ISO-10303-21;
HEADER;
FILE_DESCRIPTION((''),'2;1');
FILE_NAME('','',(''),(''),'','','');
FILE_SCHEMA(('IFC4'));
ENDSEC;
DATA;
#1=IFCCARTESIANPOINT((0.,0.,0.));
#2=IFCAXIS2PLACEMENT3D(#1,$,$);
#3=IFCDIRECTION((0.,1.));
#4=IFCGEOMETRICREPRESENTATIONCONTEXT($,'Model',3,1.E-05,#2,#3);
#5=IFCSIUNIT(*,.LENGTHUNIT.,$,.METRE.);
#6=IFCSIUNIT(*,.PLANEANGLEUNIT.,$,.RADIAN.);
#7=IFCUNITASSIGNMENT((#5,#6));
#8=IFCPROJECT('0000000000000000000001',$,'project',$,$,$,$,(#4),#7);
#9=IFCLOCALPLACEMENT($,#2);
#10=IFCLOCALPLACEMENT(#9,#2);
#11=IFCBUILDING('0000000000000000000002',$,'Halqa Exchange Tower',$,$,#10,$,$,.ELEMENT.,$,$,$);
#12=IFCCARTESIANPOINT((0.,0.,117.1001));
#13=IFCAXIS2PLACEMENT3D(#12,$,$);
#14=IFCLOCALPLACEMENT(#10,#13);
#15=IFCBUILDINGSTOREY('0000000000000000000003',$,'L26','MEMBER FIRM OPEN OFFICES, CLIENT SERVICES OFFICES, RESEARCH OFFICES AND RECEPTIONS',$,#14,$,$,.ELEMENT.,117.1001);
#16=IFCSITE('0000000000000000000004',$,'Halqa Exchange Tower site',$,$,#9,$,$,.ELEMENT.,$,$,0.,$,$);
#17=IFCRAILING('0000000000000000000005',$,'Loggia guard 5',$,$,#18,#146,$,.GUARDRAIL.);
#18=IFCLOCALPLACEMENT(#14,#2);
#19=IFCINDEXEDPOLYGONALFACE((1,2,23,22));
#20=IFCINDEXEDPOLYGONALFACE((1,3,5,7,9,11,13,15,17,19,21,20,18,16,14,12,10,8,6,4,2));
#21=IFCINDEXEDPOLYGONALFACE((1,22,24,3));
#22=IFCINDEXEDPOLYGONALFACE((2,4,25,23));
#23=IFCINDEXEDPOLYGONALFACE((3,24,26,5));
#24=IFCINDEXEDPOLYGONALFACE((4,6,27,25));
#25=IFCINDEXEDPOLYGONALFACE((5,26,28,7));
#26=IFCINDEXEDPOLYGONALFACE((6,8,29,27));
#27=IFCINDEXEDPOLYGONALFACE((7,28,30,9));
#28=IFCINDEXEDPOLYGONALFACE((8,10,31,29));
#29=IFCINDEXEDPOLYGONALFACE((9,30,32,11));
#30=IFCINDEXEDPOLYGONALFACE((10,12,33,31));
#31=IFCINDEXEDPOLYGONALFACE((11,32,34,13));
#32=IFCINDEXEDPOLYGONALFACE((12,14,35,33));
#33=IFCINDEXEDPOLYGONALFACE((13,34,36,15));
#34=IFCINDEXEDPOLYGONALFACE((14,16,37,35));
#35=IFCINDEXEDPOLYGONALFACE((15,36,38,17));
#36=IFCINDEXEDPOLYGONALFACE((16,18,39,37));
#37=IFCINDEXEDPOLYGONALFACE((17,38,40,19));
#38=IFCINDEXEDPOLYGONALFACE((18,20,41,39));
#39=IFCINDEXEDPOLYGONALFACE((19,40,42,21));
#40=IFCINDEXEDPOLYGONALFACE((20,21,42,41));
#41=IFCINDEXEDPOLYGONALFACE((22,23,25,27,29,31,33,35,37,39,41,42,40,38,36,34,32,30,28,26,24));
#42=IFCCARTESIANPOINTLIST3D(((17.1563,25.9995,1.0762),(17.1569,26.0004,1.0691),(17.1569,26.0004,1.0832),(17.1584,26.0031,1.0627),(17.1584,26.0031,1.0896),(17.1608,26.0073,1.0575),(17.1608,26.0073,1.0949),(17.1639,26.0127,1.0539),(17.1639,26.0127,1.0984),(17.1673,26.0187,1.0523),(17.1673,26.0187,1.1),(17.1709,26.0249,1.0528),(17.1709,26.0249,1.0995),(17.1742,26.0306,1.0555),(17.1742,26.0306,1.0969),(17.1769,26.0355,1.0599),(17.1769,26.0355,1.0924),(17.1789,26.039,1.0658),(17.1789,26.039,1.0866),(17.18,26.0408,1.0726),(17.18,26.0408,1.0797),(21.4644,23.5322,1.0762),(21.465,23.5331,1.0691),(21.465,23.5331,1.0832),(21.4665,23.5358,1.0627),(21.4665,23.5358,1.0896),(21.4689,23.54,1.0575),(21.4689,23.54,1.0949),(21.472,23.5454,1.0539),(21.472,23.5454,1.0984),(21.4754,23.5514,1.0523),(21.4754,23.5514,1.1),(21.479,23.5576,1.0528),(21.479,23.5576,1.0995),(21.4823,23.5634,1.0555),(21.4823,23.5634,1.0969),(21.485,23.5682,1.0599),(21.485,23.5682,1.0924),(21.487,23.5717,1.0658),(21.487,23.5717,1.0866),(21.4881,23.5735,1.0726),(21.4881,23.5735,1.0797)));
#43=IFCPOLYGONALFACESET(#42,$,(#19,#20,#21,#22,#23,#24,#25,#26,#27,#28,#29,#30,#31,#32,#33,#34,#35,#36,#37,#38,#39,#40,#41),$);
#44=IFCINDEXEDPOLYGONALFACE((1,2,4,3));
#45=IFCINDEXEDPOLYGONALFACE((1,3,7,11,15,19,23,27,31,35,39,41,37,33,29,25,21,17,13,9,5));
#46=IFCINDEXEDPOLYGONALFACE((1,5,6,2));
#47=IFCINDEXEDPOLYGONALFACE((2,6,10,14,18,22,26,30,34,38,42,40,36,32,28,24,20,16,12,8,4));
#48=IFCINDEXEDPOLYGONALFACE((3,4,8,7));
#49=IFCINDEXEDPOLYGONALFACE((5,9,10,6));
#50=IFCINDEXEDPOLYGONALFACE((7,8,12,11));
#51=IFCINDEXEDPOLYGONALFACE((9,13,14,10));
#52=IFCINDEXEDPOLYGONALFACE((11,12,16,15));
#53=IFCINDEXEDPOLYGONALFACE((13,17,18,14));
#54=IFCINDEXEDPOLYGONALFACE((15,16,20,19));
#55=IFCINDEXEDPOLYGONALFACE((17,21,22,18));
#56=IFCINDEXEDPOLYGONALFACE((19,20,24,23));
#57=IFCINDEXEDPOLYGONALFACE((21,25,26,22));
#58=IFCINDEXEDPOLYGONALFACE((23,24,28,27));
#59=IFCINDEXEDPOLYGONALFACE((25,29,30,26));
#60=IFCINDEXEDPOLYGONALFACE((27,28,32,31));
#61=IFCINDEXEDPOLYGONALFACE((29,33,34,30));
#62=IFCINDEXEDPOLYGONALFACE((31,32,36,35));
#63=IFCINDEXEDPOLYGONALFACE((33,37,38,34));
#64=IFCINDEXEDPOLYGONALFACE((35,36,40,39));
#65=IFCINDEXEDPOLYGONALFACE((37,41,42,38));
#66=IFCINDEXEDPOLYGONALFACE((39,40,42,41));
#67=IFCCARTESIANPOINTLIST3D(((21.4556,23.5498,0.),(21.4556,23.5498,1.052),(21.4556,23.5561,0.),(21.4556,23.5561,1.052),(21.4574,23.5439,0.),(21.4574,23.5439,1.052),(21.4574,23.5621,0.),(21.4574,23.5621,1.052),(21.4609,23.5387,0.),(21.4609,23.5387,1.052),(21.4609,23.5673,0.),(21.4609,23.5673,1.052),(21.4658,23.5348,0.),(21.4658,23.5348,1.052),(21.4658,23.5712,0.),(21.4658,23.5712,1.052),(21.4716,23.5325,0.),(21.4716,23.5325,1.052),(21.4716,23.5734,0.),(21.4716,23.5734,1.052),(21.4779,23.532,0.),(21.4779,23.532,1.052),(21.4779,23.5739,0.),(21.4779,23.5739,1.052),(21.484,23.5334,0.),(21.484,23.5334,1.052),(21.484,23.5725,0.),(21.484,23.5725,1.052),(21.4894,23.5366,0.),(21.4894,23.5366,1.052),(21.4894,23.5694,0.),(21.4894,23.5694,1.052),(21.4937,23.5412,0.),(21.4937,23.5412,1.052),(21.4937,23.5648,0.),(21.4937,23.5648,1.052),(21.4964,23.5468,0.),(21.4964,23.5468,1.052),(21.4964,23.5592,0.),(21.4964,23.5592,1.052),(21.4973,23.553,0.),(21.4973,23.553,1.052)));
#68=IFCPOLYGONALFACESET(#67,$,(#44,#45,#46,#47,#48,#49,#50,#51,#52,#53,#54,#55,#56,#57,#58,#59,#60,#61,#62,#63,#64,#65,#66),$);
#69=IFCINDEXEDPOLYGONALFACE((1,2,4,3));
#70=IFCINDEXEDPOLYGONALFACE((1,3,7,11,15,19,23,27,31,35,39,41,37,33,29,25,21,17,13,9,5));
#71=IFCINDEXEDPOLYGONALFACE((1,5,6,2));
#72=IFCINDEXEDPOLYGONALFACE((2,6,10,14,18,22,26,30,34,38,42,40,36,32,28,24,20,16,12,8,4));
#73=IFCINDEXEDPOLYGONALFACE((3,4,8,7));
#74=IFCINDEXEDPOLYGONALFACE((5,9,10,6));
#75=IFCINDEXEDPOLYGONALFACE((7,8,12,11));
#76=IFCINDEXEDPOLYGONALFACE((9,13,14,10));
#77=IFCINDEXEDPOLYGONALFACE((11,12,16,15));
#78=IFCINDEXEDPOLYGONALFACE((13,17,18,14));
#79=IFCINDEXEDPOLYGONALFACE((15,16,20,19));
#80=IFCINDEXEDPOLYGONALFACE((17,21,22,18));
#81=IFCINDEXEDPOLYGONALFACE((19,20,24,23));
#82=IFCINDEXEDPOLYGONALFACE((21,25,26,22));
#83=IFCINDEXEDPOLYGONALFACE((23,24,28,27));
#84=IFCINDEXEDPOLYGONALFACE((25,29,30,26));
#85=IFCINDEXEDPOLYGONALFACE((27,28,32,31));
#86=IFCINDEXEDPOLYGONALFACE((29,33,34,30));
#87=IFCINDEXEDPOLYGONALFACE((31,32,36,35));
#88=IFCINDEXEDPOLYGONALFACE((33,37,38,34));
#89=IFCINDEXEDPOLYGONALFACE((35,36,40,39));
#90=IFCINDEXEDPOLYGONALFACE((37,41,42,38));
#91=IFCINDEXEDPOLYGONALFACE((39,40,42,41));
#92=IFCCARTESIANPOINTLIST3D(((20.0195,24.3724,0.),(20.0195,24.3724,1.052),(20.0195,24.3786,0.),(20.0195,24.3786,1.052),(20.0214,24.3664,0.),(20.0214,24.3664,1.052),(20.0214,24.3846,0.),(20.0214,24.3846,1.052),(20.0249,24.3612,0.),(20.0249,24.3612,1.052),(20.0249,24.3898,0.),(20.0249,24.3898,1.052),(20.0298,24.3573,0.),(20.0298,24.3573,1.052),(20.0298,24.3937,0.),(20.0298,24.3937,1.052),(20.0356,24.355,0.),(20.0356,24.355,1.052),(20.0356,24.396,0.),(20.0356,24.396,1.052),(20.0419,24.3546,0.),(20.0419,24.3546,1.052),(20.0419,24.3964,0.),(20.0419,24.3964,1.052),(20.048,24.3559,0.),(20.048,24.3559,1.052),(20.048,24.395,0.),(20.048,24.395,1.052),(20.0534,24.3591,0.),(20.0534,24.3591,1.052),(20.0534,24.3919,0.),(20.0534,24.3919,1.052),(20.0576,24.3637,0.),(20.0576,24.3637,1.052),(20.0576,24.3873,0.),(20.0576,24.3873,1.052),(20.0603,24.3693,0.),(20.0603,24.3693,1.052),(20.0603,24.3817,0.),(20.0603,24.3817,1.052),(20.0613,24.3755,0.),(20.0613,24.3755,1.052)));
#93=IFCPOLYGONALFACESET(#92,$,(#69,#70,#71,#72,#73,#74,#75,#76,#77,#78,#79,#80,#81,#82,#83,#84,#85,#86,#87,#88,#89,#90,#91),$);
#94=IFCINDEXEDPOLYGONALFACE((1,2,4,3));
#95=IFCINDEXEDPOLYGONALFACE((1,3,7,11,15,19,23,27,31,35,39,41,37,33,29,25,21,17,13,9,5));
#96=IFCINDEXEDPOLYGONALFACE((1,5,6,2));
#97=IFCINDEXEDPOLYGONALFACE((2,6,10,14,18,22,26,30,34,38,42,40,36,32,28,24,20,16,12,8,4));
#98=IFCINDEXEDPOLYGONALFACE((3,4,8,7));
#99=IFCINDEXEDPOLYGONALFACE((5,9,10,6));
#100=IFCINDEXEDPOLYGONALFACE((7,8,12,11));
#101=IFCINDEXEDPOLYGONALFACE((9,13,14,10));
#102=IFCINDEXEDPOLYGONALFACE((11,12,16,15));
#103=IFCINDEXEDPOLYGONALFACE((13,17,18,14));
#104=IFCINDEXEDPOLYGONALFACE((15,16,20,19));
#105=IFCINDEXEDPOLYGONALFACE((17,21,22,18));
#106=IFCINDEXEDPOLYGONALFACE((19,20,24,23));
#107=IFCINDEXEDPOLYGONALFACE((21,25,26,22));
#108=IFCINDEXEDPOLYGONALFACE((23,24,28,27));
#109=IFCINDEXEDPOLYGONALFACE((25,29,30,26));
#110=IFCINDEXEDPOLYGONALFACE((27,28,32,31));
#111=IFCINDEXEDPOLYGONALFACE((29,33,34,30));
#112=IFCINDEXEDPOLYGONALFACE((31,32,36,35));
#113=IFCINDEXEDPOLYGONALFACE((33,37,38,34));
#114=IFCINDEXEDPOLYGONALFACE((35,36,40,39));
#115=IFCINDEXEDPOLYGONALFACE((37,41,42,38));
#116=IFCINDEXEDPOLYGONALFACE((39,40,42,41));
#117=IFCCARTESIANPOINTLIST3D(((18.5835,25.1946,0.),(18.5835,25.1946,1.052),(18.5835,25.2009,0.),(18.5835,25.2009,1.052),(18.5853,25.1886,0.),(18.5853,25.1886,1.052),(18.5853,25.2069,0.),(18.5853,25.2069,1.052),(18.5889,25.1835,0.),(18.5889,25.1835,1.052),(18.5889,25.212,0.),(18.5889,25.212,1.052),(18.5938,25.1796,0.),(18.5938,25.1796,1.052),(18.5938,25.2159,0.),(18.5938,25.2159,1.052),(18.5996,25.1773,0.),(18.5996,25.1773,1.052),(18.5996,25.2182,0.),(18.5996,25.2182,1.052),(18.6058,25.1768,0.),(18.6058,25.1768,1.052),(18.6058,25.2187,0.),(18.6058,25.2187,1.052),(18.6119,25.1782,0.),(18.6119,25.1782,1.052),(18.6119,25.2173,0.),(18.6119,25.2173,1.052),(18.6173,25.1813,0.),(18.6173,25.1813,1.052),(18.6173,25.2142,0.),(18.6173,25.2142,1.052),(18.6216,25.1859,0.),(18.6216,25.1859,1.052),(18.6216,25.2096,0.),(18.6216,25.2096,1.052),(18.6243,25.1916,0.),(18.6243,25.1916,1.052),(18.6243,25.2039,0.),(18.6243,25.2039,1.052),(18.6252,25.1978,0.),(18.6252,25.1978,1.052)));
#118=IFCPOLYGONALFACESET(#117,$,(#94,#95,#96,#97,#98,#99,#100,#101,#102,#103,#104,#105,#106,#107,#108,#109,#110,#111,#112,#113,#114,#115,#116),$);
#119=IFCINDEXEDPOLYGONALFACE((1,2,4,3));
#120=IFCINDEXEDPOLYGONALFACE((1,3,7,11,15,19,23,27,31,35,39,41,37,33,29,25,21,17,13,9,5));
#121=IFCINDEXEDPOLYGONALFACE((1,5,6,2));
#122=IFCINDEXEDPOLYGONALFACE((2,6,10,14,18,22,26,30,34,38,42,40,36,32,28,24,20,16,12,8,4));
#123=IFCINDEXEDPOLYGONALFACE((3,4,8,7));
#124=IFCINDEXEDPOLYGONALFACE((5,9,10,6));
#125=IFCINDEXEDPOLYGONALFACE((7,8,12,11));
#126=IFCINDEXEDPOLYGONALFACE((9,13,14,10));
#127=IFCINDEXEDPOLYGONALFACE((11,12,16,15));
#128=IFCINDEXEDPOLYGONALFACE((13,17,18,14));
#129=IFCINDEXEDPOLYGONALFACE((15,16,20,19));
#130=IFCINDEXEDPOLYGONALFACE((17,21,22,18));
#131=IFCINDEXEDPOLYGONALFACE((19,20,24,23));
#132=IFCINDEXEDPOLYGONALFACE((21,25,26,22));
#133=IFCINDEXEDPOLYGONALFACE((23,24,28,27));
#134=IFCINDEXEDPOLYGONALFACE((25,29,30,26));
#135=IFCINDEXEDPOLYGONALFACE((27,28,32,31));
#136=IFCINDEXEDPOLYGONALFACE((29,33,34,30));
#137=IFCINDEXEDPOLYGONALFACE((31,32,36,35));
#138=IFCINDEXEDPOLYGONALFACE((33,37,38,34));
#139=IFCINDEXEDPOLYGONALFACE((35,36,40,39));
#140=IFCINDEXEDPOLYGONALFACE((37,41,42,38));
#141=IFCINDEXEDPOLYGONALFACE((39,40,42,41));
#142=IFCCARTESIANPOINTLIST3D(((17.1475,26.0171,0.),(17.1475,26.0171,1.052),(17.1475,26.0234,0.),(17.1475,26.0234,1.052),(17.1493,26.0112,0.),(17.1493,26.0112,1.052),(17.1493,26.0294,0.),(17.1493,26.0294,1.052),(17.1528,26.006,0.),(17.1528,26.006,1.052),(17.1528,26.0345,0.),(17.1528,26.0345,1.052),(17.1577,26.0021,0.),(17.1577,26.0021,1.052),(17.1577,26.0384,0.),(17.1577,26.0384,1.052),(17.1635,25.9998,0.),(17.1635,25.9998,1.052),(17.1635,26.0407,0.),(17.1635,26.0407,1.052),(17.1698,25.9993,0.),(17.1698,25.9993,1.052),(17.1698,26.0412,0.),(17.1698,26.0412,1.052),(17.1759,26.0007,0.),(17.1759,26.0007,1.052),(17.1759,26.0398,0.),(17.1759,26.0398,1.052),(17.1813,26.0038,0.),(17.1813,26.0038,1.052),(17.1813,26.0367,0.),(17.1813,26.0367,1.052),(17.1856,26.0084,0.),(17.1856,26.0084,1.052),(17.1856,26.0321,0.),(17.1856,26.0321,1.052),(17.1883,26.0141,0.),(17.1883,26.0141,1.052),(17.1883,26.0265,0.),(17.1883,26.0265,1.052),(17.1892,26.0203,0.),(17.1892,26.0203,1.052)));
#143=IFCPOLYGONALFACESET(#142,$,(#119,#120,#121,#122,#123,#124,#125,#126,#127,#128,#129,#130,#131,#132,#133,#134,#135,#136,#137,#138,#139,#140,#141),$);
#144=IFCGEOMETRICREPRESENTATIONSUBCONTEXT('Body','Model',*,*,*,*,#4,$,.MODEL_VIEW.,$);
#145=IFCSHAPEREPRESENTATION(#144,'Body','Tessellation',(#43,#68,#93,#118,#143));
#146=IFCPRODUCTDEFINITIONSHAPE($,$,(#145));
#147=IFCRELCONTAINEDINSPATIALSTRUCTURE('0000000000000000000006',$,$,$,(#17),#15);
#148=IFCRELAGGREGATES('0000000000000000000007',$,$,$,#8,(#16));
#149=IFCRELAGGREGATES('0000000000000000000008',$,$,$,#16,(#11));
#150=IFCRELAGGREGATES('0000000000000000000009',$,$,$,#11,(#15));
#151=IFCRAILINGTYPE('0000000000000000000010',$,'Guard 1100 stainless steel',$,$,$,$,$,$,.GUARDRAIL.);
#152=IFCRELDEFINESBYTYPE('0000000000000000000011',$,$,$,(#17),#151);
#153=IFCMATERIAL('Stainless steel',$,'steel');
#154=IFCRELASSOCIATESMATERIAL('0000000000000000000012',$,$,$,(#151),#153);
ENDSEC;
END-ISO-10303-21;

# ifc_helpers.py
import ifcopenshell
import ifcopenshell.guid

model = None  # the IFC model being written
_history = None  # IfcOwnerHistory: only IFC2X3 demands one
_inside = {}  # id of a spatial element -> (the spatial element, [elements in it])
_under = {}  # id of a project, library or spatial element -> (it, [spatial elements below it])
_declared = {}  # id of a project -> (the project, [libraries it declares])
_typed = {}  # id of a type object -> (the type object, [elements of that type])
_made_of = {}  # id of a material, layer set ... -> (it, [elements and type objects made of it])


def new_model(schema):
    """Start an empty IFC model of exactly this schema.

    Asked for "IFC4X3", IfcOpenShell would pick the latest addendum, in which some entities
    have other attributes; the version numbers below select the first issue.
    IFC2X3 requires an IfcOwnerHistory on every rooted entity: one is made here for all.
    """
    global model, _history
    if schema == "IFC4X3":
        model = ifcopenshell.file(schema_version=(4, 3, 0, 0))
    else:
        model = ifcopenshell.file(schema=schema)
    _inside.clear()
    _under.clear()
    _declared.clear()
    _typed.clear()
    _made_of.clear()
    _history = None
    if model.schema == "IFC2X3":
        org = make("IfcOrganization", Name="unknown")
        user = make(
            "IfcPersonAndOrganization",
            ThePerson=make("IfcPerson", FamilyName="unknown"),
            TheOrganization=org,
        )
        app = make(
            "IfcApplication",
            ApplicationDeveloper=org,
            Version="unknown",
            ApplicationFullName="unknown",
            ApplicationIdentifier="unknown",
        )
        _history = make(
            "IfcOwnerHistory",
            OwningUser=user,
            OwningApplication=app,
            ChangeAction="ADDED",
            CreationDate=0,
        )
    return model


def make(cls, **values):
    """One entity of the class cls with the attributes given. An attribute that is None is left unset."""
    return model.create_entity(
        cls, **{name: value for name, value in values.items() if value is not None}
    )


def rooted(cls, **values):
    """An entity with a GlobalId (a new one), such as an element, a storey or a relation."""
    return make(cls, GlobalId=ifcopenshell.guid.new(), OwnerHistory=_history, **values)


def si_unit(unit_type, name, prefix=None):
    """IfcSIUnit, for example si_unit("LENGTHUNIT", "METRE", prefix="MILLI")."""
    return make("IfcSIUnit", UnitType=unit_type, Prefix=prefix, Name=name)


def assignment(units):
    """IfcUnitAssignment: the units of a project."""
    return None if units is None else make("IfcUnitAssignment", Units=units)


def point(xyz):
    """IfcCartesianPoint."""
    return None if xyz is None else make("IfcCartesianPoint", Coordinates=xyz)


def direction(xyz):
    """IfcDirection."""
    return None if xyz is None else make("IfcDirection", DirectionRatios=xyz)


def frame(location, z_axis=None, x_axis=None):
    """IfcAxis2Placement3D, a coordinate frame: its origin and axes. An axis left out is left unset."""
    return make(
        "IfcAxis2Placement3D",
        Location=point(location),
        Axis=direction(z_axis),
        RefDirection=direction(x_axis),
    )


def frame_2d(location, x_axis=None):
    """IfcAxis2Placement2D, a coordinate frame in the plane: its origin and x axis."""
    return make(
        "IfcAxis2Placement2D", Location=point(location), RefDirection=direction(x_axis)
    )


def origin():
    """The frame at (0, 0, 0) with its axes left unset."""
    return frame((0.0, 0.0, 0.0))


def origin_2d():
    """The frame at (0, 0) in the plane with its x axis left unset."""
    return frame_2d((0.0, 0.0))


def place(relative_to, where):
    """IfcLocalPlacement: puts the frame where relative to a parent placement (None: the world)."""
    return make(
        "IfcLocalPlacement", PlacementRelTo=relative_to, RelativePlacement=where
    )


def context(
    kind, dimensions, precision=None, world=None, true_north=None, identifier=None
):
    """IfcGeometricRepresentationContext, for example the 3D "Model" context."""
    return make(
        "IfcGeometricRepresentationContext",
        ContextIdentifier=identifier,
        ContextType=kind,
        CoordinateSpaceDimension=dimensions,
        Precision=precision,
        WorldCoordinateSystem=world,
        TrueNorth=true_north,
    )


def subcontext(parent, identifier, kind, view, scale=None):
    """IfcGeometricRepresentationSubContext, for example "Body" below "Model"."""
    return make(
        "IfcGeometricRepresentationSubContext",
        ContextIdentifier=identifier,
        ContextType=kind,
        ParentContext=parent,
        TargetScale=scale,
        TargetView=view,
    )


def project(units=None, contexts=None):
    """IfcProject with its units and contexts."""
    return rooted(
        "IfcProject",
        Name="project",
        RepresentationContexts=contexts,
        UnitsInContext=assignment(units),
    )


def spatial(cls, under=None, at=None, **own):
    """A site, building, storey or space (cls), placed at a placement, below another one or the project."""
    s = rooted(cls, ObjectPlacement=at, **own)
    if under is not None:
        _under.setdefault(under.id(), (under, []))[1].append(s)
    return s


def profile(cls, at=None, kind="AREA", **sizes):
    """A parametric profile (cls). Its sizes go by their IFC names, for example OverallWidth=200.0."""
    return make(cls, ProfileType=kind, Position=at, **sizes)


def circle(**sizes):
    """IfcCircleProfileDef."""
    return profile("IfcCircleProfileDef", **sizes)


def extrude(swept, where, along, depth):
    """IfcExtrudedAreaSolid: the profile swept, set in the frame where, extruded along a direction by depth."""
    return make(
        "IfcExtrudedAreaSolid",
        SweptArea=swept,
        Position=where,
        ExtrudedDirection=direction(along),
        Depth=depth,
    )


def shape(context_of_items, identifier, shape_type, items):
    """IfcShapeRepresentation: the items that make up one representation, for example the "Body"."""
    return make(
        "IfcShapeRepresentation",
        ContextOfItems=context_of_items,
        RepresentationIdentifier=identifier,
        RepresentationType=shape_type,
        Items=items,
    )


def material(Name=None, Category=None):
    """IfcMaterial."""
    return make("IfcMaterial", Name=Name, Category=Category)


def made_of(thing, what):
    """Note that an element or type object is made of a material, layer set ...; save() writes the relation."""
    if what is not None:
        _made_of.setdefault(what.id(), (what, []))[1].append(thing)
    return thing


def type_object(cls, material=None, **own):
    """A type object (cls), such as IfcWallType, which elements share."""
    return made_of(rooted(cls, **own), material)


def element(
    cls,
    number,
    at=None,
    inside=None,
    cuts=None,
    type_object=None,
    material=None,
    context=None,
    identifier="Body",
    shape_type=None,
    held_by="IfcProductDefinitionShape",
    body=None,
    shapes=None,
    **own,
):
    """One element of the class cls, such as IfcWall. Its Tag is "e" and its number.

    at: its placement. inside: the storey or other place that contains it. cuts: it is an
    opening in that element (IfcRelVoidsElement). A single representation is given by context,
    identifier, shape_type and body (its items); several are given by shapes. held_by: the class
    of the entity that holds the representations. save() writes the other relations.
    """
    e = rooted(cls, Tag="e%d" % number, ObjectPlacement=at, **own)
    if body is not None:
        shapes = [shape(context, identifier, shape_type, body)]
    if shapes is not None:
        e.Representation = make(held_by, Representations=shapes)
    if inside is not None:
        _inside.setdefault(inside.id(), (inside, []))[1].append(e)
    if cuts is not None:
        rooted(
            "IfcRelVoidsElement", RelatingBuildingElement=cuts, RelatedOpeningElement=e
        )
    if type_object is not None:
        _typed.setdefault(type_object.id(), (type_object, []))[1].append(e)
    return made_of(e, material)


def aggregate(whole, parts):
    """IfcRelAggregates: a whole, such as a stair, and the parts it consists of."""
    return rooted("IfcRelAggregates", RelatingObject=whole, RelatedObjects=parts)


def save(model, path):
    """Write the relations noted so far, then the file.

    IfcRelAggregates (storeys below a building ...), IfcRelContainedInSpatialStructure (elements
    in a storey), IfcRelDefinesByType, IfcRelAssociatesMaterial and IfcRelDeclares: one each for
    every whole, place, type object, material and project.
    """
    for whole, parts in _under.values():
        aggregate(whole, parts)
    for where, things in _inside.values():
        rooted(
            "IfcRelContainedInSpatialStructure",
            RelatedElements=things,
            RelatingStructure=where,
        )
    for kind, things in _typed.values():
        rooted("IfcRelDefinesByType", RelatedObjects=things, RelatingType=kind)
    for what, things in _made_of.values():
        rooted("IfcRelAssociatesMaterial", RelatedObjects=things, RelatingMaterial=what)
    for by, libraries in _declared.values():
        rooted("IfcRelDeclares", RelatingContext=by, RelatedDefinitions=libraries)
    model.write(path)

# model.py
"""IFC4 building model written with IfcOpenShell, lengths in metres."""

from ifc_helpers import new_model, si_unit, direction, frame, origin, origin_2d, place, context, subcontext, project, spatial, circle, extrude, material, type_object, element, save


model = new_model("IFC4")

# Units and contexts
model_context = context("Model", 3, precision=1e-05, world=origin(), true_north=direction((0.0, 1.0)))
body_context = subcontext(model_context, "Body", "Model", "MODEL_VIEW")
ifc_project = project(units=[si_unit("LENGTHUNIT", "METRE"), si_unit("PLANEANGLEUNIT", "RADIAN")], contexts=[model_context])

# Site, building, storey
site_placement = place(None, origin())
site = spatial("IfcSite", under=ifc_project, at=site_placement, Name="Halqa Exchange Tower site", CompositionType="ELEMENT", RefElevation=0.0)
building_placement = place(site_placement, origin())
building = spatial("IfcBuilding", under=site, at=building_placement, Name="Halqa Exchange Tower", CompositionType="ELEMENT")
storey_placement = place(building_placement, frame((0.0, 0.0, 117.1001)))
storey = spatial("IfcBuildingStorey", under=building, at=storey_placement, Name="L26", Description="MEMBER FIRM OPEN OFFICES, CLIENT SERVICES OFFICES, RESEARCH OFFICES AND RECEPTIONS", CompositionType="ELEMENT", Elevation=117.1001)

# Railing
ifc_material_1 = material(Name="Stainless steel", Category="steel")
railing_type = type_object("IfcRailingType", Name="Guard 1100 stainless steel", PredefinedType="GUARDRAIL", material=ifc_material_1)
railing_1_placement = place(storey_placement, frame((21.4763, 23.553, 0.0)))
element("IfcRailing", 1, at=railing_1_placement, inside=storey, type_object=railing_type, Name="Loggia guard 5", PredefinedType="GUARDRAIL", context=body_context, shape_type="SweptSolid", body=[
    extrude(circle(Radius=0.0239, at=origin_2d()), frame((0.0, 0.0, 1.0762), z_axis=(-0.867765, 0.496975, 0.0), x_axis=(-0.496975, -0.867765, 0.0)), (0.0, 0.0, 1.0), 4.9646),
    extrude(circle(Radius=0.021, at=origin_2d()), origin(), (0.0, 0.0, 1.0), 1.052),
    extrude(circle(Radius=0.021, at=origin_2d()), frame((-1.436, 0.8225, 0.0)), (0.0, 0.0, 1.0), 1.052),
    extrude(circle(Radius=0.021, at=origin_2d()), frame((-2.8721, 1.6448, 0.0)), (0.0, 0.0, 1.0), 1.052),
    extrude(circle(Radius=0.021, at=origin_2d()), frame((-4.3081, 2.4673, 0.0)), (0.0, 0.0, 1.0), 1.052),
])

save(model, "model.ifc")
